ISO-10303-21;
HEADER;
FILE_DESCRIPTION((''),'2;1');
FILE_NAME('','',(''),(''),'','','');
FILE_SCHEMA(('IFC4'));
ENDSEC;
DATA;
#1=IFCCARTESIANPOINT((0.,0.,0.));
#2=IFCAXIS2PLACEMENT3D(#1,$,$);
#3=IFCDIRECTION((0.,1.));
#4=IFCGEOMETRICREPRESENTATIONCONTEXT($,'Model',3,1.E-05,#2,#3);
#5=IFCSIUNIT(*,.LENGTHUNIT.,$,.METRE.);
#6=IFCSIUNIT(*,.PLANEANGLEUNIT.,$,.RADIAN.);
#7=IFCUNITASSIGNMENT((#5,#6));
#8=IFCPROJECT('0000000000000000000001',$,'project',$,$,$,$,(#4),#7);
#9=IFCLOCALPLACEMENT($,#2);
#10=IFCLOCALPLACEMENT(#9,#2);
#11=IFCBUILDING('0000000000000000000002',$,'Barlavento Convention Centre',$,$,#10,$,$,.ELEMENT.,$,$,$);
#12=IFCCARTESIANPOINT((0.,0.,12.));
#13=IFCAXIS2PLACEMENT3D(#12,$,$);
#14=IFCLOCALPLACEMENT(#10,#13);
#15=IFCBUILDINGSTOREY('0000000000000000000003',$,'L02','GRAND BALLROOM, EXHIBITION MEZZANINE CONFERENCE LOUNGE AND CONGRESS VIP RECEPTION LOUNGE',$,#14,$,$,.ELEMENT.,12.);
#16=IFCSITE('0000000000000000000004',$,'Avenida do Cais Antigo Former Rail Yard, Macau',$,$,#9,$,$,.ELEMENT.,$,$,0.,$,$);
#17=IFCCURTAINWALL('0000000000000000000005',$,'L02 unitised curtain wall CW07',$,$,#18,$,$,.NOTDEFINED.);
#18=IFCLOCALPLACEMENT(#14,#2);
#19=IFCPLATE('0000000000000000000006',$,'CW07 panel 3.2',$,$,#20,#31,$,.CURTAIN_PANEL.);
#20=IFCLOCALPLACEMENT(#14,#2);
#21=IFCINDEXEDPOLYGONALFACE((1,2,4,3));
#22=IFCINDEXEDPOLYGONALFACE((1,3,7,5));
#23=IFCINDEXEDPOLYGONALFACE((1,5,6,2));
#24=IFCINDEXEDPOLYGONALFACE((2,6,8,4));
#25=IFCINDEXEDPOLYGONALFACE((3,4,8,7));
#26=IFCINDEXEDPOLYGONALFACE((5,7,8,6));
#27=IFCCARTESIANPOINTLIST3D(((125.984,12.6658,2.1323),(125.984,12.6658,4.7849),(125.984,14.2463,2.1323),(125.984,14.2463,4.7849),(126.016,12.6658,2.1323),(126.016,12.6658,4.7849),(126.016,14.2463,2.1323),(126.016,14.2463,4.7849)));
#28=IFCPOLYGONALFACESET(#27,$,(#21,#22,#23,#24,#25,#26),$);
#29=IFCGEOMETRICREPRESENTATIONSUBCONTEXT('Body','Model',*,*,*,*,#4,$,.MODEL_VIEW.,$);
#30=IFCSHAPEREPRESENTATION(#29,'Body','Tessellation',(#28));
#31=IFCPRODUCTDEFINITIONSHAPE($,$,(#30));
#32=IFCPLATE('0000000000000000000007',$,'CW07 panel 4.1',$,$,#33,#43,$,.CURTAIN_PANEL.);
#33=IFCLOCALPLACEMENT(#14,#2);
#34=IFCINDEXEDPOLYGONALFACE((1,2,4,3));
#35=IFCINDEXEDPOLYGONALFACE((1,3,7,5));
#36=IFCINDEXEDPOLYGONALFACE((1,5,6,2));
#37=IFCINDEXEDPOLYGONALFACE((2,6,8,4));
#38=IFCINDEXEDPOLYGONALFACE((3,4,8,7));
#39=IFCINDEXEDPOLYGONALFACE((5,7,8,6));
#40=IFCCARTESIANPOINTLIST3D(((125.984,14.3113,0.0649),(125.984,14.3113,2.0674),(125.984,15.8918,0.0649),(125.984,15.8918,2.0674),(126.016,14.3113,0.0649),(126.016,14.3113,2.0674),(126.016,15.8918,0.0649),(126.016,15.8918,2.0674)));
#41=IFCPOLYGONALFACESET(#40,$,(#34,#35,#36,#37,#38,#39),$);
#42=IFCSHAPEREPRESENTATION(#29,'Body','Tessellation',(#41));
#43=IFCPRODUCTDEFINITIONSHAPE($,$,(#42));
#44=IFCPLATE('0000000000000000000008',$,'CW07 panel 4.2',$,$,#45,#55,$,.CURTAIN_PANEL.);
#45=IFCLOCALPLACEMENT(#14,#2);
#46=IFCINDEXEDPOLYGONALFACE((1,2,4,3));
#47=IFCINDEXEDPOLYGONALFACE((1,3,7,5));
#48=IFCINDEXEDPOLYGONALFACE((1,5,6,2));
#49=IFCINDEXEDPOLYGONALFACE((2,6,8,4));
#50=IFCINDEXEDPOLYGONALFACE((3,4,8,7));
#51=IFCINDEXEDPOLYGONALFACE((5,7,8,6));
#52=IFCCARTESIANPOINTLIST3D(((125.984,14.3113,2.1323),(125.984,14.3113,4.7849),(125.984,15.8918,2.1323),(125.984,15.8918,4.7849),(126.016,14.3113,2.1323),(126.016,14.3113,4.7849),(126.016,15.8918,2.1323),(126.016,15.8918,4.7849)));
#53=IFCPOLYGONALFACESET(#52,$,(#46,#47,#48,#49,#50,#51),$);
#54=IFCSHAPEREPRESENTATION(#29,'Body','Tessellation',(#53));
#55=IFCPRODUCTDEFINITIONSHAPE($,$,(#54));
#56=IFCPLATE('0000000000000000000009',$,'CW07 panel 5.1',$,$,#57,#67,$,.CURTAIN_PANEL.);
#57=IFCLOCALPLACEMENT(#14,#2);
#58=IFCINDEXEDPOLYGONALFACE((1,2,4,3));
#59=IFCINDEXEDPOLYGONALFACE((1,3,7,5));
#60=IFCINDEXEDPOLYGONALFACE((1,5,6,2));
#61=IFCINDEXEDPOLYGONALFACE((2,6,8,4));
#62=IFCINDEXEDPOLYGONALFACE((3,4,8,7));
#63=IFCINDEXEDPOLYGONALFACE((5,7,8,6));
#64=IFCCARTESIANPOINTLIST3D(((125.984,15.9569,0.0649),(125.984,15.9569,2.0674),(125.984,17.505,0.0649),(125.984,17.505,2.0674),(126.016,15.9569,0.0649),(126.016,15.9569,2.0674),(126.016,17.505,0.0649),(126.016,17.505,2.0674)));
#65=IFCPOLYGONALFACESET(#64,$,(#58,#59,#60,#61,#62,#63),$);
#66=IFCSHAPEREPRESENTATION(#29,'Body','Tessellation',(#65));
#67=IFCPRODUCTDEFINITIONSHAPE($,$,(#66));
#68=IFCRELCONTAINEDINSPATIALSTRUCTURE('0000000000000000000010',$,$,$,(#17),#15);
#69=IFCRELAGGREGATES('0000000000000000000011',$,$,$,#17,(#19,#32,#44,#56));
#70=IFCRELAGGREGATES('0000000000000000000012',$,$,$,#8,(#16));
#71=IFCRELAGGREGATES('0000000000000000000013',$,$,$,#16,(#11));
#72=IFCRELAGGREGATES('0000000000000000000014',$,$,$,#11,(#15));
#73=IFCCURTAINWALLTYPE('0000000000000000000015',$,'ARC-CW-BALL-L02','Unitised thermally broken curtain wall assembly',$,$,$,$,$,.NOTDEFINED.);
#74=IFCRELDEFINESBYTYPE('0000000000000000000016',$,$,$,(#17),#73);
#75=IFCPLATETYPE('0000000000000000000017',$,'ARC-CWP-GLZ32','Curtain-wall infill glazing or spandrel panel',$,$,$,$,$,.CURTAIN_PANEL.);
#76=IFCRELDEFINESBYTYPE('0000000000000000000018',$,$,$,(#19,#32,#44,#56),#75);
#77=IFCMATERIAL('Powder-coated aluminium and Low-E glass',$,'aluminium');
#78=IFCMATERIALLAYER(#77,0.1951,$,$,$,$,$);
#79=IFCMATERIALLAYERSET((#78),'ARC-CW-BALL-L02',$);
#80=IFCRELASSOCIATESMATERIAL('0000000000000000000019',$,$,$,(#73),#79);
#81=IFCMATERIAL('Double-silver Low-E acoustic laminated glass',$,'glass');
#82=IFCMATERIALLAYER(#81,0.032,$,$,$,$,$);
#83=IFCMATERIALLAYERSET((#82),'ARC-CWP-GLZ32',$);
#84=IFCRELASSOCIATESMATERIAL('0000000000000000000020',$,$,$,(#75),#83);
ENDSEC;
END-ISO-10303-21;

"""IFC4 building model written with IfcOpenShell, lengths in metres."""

from ifc_helpers import new_model, si_unit, direction, frame, origin, origin_2d, place, context, subcontext, project, spatial, rectangle, extrude, material, layer, layer_set, type_object, element, aggregate, save


model = new_model("IFC4")

# Units and contexts
model_context = context("Model", 3, precision=1e-05, world=origin(), true_north=direction((0.0, 1.0)))
body_context = subcontext(model_context, "Body", "Model", "MODEL_VIEW")
ifc_project = project(units=[si_unit("LENGTHUNIT", "METRE"), si_unit("PLANEANGLEUNIT", "RADIAN")], contexts=[model_context])

# Site, building, storey
site_placement = place(None, origin())
site = spatial("IfcSite", under=ifc_project, at=site_placement, Name="Avenida do Cais Antigo Former Rail Yard, Macau", CompositionType="ELEMENT", RefElevation=0.0)
building_placement = place(site_placement, origin())
building = spatial("IfcBuilding", under=site, at=building_placement, Name="Barlavento Convention Centre", CompositionType="ELEMENT")
storey_placement = place(building_placement, frame((0.0, 0.0, 12.0)))
storey = spatial("IfcBuildingStorey", under=building, at=storey_placement, Name="L02", Description="GRAND BALLROOM, EXHIBITION MEZZANINE CONFERENCE LOUNGE AND CONGRESS VIP RECEPTION LOUNGE", CompositionType="ELEMENT", Elevation=12.0)

# Shared definitions
ifc_material_1 = material(Name="Powder-coated aluminium and Low-E glass", Category="aluminium")
ifc_layer_1 = layer(ifc_material_1, 0.1951)
ifc_layer_set_1 = layer_set([ifc_layer_1], Name="ARC-CW-BALL-L02")
curtain_wall_type = type_object("IfcCurtainWallType", Name="ARC-CW-BALL-L02", Description="Unitised thermally broken curtain wall assembly", PredefinedType="NOTDEFINED", material=ifc_layer_set_1)

# Curtain wall
curtain_wall_1_placement = place(storey_placement, origin())
curtain_wall_1 = element("IfcCurtainWall", 1, at=curtain_wall_1_placement, inside=storey, type_object=curtain_wall_type, Name="L02 unitised curtain wall CW07", PredefinedType="NOTDEFINED")

# Plates
ifc_material_2 = material(Name="Double-silver Low-E acoustic laminated glass", Category="glass")
ifc_layer_2 = layer(ifc_material_2, 0.032)
ifc_layer_set_2 = layer_set([ifc_layer_2], Name="ARC-CWP-GLZ32")
plate_type = type_object("IfcPlateType", Name="ARC-CWP-GLZ32", Description="Curtain-wall infill glazing or spandrel panel", PredefinedType="CURTAIN_PANEL", material=ifc_layer_set_2)
plate_1_placement = place(storey_placement, frame((126.0, 13.4561, 2.1323), z_axis=(0.0, 0.0, 1.0), x_axis=(0.0, 1.0, 0.0)))
plate_1 = element("IfcPlate", 2, at=plate_1_placement, type_object=plate_type, Name="CW07 panel 3.2", PredefinedType="CURTAIN_PANEL", context=body_context, shape_type="SweptSolid", body=[
    extrude(rectangle(XDim=1.5806, YDim=0.032, at=origin_2d()), origin(), (0.0, 0.0, 1.0), 2.6526),
])
plate_2_placement = place(storey_placement, frame((126.0, 15.1016, 0.0649), z_axis=(0.0, 0.0, 1.0), x_axis=(0.0, 1.0, 0.0)))
plate_2 = element("IfcPlate", 3, at=plate_2_placement, type_object=plate_type, Name="CW07 panel 4.1", PredefinedType="CURTAIN_PANEL", context=body_context, shape_type="SweptSolid", body=[
    extrude(rectangle(XDim=1.5806, YDim=0.032, at=origin_2d()), origin(), (0.0, 0.0, 1.0), 2.0024),
])
plate_3_placement = place(storey_placement, frame((126.0, 15.1016, 2.1323), z_axis=(0.0, 0.0, 1.0), x_axis=(0.0, 1.0, 0.0)))
plate_3 = element("IfcPlate", 4, at=plate_3_placement, type_object=plate_type, Name="CW07 panel 4.2", PredefinedType="CURTAIN_PANEL", context=body_context, shape_type="SweptSolid", body=[
    extrude(rectangle(XDim=1.5806, YDim=0.032, at=origin_2d()), origin(), (0.0, 0.0, 1.0), 2.6526),
])
plate_4_placement = place(storey_placement, frame((126.0, 16.731, 0.0649), z_axis=(0.0, 0.0, 1.0), x_axis=(0.0, 1.0, 0.0)))
plate_4 = element("IfcPlate", 5, at=plate_4_placement, type_object=plate_type, Name="CW07 panel 5.1", PredefinedType="CURTAIN_PANEL", context=body_context, shape_type="SweptSolid", body=[
    extrude(rectangle(XDim=1.5481, YDim=0.032, at=origin_2d()), origin(), (0.0, 0.0, 1.0), 2.0024),
])
aggregate(curtain_wall_1, [plate_1, plate_2, plate_3, plate_4])

save(model, "model.ifc")
